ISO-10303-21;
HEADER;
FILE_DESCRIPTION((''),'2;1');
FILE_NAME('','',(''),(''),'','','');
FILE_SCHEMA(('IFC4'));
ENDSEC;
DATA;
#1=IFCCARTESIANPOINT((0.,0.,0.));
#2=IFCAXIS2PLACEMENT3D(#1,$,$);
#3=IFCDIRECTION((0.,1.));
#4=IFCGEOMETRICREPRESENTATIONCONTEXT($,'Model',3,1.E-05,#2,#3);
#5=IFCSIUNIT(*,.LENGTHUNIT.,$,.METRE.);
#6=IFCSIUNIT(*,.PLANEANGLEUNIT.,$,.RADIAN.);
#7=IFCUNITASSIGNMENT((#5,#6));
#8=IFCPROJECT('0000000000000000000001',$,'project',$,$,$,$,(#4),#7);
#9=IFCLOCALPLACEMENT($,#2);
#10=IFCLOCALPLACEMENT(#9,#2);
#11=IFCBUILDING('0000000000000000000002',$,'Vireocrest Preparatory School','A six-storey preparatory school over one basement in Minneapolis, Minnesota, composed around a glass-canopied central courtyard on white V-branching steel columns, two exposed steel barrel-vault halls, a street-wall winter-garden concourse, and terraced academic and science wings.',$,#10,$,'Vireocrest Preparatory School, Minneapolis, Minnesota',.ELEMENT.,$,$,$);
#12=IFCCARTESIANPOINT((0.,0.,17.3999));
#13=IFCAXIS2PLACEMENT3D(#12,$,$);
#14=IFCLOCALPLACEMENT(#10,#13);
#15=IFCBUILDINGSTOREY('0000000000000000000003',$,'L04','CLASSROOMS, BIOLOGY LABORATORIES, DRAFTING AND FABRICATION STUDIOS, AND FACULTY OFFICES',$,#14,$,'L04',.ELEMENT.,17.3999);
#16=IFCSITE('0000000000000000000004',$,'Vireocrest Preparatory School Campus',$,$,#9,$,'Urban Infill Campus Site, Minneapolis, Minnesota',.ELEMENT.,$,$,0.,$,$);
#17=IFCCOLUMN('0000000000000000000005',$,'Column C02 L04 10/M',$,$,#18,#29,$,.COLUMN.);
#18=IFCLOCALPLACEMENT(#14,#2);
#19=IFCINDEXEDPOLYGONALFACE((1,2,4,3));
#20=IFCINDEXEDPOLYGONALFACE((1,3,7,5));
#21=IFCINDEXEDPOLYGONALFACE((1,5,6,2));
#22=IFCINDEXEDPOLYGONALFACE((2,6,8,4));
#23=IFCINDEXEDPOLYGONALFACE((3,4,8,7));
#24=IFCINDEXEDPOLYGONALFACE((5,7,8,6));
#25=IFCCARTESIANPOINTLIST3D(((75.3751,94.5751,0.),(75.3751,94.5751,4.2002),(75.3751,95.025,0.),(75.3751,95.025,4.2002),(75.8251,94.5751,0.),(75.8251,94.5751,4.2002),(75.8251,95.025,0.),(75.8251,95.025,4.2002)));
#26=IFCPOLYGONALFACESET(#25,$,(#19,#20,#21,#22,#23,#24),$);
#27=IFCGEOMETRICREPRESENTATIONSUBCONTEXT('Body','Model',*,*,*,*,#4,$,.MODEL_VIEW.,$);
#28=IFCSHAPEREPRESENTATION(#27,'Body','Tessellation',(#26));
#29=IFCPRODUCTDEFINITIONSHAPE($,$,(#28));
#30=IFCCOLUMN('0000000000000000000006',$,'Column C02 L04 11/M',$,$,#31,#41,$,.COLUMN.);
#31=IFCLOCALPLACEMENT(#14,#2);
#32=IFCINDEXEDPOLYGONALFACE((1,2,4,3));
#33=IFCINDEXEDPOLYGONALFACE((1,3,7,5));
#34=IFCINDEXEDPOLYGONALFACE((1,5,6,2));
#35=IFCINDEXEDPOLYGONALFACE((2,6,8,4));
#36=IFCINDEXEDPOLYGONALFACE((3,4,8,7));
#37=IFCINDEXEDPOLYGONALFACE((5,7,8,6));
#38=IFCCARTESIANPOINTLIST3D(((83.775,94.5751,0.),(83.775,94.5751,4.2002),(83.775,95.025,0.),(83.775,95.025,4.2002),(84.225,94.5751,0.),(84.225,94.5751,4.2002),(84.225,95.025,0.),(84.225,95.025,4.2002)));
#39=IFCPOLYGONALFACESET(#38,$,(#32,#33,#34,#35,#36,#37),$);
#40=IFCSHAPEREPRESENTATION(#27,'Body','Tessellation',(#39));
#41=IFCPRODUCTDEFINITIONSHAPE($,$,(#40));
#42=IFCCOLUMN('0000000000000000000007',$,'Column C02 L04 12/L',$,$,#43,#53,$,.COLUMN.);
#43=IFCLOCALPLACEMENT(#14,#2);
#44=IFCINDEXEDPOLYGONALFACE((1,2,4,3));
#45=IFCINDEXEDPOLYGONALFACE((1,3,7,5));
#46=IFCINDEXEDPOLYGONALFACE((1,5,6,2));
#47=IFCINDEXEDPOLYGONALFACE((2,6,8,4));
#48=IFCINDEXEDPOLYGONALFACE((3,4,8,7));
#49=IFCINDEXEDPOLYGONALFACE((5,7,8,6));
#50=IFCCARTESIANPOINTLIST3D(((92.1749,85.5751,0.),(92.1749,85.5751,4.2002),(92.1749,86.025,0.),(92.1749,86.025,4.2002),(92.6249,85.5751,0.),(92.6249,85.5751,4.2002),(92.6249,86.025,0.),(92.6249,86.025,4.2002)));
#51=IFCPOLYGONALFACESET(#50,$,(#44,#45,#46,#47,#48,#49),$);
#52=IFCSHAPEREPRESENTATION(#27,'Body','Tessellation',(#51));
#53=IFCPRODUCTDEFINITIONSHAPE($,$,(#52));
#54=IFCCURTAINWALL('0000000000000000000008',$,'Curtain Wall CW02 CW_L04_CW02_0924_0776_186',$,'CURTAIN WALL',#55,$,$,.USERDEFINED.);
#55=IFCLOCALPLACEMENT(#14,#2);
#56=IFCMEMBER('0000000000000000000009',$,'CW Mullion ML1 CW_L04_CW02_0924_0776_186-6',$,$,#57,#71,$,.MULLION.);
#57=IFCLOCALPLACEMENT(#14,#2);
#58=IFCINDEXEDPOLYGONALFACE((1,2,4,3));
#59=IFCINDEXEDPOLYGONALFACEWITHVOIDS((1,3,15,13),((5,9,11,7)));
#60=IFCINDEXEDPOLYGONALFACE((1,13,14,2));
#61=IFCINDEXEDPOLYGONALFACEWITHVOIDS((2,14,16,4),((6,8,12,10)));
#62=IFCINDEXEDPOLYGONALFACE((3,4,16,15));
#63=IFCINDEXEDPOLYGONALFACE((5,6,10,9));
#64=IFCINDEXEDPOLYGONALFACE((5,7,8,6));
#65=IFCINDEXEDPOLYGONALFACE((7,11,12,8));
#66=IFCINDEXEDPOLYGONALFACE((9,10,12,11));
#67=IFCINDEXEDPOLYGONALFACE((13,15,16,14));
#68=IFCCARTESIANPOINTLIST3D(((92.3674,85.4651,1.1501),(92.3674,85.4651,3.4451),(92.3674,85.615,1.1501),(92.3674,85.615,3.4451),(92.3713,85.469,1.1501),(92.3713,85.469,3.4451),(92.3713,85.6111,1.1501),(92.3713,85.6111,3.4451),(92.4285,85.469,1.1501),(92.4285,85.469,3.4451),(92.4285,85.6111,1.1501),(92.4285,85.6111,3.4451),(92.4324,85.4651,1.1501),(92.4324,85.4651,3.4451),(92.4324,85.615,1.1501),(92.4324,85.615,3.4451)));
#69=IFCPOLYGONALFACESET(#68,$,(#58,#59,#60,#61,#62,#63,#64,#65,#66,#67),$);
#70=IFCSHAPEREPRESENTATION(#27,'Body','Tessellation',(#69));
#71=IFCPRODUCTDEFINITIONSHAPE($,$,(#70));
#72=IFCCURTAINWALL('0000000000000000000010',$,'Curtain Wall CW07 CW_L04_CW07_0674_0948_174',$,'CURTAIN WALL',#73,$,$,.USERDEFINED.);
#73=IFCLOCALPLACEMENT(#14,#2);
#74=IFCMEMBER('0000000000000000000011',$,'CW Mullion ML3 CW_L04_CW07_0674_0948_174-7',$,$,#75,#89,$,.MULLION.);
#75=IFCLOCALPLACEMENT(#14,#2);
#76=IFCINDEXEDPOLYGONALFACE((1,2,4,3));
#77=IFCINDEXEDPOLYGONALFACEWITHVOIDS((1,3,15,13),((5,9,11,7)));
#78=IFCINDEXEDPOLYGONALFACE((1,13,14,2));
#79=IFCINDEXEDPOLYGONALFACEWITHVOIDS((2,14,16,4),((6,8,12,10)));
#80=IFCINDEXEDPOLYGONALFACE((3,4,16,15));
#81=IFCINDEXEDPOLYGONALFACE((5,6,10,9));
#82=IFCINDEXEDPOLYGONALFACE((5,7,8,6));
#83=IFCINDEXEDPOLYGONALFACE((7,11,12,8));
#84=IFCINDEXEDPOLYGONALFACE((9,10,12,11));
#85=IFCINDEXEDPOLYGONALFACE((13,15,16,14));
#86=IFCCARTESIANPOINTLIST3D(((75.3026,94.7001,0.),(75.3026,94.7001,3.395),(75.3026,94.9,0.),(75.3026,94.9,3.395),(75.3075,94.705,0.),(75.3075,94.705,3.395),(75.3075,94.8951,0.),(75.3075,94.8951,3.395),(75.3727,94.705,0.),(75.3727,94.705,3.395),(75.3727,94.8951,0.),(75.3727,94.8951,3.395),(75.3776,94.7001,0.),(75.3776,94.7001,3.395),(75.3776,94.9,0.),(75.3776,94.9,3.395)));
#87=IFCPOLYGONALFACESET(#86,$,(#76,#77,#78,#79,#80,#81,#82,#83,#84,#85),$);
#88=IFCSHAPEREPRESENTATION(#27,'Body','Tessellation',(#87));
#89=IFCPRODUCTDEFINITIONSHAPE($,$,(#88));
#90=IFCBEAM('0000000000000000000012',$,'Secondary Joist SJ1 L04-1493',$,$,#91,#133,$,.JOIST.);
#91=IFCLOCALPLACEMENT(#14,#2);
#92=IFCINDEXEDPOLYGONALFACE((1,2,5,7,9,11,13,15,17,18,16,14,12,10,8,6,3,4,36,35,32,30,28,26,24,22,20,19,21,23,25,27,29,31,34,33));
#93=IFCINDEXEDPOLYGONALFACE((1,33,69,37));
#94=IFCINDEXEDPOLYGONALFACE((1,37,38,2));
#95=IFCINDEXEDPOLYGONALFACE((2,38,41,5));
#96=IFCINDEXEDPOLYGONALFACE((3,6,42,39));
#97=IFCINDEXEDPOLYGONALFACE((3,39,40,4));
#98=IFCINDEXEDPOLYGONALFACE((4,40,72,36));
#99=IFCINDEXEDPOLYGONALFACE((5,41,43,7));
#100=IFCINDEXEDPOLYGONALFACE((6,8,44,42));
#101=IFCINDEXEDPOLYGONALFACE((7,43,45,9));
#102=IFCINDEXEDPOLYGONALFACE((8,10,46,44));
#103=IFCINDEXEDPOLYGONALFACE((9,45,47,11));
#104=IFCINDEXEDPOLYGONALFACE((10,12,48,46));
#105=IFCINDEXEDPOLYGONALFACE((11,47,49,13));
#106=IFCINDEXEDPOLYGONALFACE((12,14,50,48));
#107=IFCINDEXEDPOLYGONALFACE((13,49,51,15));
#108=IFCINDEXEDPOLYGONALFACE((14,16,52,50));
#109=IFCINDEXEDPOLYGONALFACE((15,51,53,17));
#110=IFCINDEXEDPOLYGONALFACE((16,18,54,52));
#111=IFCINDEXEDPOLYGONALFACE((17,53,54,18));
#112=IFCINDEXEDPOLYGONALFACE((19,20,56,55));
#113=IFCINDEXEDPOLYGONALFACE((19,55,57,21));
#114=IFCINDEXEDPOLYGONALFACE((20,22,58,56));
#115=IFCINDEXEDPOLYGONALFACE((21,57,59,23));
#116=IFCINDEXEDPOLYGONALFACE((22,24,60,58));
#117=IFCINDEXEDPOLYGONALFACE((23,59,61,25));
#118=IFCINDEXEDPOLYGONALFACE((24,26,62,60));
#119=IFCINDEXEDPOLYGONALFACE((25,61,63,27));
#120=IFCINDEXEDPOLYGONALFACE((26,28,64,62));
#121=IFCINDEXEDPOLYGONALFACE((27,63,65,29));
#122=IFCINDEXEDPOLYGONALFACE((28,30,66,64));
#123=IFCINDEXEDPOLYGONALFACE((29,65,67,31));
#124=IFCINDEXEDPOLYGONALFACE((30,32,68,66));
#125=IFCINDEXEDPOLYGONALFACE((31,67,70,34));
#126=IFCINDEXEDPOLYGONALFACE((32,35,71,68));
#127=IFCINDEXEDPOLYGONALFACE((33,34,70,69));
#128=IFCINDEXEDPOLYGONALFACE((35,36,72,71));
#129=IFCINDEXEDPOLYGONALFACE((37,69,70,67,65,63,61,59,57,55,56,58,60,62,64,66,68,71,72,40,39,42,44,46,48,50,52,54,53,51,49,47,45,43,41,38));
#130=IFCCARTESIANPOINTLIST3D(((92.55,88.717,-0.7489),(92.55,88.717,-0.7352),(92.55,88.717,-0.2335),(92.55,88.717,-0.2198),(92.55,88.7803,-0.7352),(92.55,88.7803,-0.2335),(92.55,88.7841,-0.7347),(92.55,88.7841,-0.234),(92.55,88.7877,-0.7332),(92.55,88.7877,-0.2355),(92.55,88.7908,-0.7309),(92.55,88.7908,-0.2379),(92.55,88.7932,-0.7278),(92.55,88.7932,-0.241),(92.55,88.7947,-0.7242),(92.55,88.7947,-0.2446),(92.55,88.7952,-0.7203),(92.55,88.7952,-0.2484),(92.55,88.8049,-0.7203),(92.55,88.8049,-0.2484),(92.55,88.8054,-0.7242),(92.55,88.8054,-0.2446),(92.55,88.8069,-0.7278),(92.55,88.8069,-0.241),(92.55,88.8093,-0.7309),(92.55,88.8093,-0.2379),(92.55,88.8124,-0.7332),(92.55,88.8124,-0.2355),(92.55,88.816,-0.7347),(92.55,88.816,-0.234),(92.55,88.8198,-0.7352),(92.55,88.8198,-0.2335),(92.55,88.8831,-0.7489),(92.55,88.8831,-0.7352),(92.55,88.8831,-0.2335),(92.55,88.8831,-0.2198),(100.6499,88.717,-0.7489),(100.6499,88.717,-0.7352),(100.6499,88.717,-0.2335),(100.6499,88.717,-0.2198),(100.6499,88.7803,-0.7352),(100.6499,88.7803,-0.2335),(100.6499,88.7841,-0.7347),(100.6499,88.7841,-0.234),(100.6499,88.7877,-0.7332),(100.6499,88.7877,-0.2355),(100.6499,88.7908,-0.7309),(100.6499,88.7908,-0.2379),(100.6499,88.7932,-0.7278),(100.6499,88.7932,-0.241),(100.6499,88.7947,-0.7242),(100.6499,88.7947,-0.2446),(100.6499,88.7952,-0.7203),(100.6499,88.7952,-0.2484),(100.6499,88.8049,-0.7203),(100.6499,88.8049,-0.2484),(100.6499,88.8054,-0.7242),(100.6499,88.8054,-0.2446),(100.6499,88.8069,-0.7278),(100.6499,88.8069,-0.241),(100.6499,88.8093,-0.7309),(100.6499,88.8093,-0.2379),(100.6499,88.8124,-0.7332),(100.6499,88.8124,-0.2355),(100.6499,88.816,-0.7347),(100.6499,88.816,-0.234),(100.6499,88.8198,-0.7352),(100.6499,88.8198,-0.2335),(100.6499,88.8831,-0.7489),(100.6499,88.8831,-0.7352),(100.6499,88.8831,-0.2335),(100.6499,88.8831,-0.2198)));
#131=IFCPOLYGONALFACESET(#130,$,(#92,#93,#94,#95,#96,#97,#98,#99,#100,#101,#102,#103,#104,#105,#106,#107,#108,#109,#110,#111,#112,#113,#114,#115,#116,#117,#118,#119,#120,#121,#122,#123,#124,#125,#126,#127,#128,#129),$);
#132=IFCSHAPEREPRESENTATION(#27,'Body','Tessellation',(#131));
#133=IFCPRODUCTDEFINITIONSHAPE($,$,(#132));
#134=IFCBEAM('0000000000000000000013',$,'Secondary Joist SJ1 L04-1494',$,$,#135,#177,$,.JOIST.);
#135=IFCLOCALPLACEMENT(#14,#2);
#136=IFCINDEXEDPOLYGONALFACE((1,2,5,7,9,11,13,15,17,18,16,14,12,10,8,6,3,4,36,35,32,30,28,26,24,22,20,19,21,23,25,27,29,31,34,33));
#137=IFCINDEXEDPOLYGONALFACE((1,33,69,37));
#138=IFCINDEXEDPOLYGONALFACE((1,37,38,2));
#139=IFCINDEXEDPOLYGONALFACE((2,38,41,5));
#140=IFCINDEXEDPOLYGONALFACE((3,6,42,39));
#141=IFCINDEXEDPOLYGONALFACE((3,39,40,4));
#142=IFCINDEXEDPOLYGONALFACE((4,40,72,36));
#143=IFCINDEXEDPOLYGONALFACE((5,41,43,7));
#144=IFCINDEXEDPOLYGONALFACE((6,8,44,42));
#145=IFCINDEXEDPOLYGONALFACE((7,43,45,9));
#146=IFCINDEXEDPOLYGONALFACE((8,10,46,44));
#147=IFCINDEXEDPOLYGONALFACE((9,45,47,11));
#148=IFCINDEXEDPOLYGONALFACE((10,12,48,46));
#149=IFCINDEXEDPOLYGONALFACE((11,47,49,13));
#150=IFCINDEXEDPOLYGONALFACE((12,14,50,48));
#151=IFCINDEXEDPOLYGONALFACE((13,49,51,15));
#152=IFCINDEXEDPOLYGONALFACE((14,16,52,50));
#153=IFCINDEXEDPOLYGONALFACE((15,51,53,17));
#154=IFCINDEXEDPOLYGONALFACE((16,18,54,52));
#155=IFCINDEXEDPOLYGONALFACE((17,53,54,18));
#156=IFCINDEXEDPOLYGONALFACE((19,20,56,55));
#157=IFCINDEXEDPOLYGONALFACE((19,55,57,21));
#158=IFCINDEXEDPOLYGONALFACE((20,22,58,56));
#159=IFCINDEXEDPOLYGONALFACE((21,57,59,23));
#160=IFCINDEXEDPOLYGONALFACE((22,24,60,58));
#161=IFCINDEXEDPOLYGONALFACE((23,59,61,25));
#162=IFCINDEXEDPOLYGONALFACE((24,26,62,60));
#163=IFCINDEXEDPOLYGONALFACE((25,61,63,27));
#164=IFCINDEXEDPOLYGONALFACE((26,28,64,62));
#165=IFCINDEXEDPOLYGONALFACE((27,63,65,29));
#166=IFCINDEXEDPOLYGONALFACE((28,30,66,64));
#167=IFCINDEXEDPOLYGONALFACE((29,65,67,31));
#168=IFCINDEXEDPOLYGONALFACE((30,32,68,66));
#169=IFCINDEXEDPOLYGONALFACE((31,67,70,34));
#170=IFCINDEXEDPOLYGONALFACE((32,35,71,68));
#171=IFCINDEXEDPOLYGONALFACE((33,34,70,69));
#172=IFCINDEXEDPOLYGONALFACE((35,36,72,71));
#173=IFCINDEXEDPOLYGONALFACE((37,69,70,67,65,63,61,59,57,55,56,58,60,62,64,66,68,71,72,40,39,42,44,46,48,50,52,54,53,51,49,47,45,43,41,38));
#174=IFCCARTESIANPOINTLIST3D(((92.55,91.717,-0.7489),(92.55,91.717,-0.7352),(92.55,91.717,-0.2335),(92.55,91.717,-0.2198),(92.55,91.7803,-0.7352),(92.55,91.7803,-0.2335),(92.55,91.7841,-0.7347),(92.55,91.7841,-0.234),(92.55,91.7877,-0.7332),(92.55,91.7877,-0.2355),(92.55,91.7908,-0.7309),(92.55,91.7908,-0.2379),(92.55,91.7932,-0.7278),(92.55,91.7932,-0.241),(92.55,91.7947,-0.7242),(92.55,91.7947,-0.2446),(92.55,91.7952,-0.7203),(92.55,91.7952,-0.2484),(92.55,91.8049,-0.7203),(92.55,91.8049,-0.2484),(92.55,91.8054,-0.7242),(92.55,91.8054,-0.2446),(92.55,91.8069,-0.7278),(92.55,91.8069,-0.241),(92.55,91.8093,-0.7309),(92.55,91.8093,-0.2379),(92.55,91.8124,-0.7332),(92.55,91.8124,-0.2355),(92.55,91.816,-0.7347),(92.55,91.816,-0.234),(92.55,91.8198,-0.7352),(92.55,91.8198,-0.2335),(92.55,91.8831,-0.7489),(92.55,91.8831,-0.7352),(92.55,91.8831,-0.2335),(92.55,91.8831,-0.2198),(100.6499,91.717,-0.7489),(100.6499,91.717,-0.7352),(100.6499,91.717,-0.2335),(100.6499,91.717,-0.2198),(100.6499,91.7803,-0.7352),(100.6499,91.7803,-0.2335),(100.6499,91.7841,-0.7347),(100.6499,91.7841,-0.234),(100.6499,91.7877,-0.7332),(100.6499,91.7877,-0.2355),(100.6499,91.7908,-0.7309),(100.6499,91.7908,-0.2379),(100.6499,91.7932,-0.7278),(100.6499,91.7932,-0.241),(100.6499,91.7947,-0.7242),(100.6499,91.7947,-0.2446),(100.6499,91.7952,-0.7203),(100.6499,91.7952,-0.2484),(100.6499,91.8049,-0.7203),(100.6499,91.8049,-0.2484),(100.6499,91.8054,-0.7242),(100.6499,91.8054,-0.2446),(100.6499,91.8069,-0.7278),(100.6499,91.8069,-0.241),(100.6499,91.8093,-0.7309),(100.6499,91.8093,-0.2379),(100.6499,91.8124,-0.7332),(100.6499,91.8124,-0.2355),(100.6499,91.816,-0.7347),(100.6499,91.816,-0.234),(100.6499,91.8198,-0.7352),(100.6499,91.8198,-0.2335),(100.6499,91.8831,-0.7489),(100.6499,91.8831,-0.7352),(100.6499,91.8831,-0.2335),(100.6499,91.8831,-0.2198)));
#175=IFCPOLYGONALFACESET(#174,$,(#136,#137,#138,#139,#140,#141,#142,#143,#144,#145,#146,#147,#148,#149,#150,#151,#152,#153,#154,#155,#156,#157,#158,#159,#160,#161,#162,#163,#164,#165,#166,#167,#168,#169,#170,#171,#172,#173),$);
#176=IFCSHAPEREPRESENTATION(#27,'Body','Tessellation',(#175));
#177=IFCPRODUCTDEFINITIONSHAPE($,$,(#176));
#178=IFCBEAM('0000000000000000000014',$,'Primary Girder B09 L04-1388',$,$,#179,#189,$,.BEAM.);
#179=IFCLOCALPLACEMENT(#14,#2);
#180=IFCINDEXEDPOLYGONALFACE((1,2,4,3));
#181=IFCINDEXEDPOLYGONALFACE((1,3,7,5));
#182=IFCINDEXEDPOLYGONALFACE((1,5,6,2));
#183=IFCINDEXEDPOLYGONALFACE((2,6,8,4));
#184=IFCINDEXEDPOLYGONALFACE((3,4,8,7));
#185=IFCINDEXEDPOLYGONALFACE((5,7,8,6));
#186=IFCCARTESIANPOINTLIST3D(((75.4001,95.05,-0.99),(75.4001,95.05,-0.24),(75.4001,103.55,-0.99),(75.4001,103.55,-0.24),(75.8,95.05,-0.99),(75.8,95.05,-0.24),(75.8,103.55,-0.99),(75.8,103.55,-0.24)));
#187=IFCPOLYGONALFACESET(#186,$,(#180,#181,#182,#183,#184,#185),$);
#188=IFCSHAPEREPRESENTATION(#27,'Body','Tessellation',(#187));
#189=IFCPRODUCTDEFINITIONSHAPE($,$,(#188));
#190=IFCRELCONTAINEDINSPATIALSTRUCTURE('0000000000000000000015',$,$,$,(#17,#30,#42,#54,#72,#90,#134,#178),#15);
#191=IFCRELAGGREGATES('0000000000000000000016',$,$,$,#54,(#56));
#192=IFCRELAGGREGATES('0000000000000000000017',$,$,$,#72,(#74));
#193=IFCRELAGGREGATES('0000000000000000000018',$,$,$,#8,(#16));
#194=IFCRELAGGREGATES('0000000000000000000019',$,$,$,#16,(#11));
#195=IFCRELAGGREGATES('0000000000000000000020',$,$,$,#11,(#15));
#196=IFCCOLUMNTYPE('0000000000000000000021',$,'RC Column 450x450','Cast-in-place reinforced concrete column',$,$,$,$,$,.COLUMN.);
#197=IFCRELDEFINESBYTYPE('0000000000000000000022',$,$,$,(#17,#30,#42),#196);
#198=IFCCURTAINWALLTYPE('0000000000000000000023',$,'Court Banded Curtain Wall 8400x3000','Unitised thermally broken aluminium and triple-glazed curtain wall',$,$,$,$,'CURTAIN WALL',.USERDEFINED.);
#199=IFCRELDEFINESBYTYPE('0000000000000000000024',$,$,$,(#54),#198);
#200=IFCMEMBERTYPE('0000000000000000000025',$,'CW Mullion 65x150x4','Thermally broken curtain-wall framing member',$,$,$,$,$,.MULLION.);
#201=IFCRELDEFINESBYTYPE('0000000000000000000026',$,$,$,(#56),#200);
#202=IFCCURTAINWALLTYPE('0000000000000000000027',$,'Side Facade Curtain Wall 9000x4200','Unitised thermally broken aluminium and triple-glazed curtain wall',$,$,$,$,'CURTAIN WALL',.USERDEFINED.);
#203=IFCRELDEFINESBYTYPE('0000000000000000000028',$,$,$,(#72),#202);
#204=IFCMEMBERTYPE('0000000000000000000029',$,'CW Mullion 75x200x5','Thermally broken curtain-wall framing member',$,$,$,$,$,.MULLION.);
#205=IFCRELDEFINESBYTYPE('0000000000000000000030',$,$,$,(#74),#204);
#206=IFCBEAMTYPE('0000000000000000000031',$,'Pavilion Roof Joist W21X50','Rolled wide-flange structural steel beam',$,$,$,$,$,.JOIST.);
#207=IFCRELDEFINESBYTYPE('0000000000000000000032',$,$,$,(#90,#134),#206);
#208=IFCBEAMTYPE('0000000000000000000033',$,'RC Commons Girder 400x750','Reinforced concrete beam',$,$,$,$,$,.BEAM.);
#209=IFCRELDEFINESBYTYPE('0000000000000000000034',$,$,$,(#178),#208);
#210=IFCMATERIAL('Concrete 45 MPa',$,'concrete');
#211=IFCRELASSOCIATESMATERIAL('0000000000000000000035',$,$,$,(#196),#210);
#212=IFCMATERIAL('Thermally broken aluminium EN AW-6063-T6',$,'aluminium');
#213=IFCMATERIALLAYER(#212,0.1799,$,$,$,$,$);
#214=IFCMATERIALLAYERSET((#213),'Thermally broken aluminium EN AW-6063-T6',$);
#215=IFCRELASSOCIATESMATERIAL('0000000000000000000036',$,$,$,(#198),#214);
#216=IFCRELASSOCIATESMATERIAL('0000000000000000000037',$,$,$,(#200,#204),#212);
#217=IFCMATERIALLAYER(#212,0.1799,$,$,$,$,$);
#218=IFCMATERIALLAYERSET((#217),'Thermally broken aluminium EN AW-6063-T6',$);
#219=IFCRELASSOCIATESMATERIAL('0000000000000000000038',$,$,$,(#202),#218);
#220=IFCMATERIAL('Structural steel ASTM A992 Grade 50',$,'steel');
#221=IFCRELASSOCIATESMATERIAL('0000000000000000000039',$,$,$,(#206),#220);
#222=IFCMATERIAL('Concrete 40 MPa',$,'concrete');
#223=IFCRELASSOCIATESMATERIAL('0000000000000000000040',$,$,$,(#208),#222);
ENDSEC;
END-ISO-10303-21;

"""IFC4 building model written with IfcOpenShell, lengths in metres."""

from ifc_helpers import new_model, si_unit, direction, frame, origin, origin_2d, place, context, subcontext, project, spatial, rectangle, hollow_rectangle, i_section, extrude, material, layer, layer_set, material_profile, profile_set, type_object, element, aggregate, save


model = new_model("IFC4")

# Units and contexts
model_context = context("Model", 3, precision=1e-05, world=origin(), true_north=direction((0.0, 1.0)))
body_context = subcontext(model_context, "Body", "Model", "MODEL_VIEW")
ifc_project = project(units=[si_unit("LENGTHUNIT", "METRE"), si_unit("PLANEANGLEUNIT", "RADIAN")], contexts=[model_context])

# Site, building, storey
site_placement = place(None, origin())
site = spatial("IfcSite", under=ifc_project, at=site_placement, Name="Vireocrest Preparatory School Campus", LongName="Urban Infill Campus Site, Minneapolis, Minnesota", CompositionType="ELEMENT", RefElevation=0.0)
building_placement = place(site_placement, origin())
building = spatial("IfcBuilding", under=site, at=building_placement, Name="Vireocrest Preparatory School", Description="A six-storey preparatory school over one basement in Minneapolis, Minnesota, composed around a glass-canopied central courtyard on white V-branching steel columns, two exposed steel barrel-vault halls, a street-wall winter-garden concourse, and terraced academic and science wings.", LongName="Vireocrest Preparatory School, Minneapolis, Minnesota", CompositionType="ELEMENT")
storey_placement = place(building_placement, frame((0.0, 0.0, 17.3999)))
storey = spatial("IfcBuildingStorey", under=building, at=storey_placement, Name="L04", Description="CLASSROOMS, BIOLOGY LABORATORIES, DRAFTING AND FABRICATION STUDIOS, AND FACULTY OFFICES", LongName="L04", CompositionType="ELEMENT", Elevation=17.3999)

# Columns
ifc_material_1 = material(Name="Concrete 45 MPa", Category="concrete")
ifc_material_profile_1 = material_profile(ifc_material_1, rectangle(XDim=0.45, YDim=0.45, at=origin_2d()), Name="RC 450x450")
ifc_profile_set_1 = profile_set([ifc_material_profile_1], Name="Concrete 45 MPa")
column_type = type_object("IfcColumnType", Name="RC Column 450x450", Description="Cast-in-place reinforced concrete column", PredefinedType="COLUMN", material=ifc_profile_set_1)
for number, where, z_axis, x_axis, name in (
    (1, (75.6001, 94.8, 0.0), (0.0, 0.0, 1.0), (1.0, 0.0, 0.0), "Column C02 L04 10/M"),
    (2, (84.0, 94.8, 0.0), (0.0, 0.0, 1.0), (1.0, 0.0, 0.0), "Column C02 L04 11/M"),
    (3, (92.3999, 85.8, 0.0), (0.0, 0.0, 1.0), (1.0, 0.0, 0.0), "Column C02 L04 12/L"),
):
    element("IfcColumn", number, at=place(storey_placement, frame(where, z_axis=z_axis, x_axis=x_axis)), inside=storey, type_object=column_type, Name=name, PredefinedType="COLUMN", context=body_context, shape_type="SweptSolid", body=[
        extrude(rectangle(XDim=0.45, YDim=0.45, at=origin_2d()), origin(), (0.0, 0.0, 1.0), 4.2002),
    ])

# Curtain walls, members
ifc_material_2 = material(Name="Thermally broken aluminium EN AW-6063-T6", Category="aluminium")
ifc_layer_1 = layer(ifc_material_2, 0.1799)
ifc_layer_set_1 = layer_set([ifc_layer_1], Name="Thermally broken aluminium EN AW-6063-T6")
curtain_wall_type_1 = type_object("IfcCurtainWallType", Name="Court Banded Curtain Wall 8400x3000", Description="Unitised thermally broken aluminium and triple-glazed curtain wall", ElementType="CURTAIN WALL", PredefinedType="USERDEFINED", material=ifc_layer_set_1)
curtain_wall_1_placement = place(storey_placement, origin())
curtain_wall_1 = element("IfcCurtainWall", 4, at=curtain_wall_1_placement, inside=storey, type_object=curtain_wall_type_1, Name="Curtain Wall CW02 CW_L04_CW02_0924_0776_186", ObjectType="CURTAIN WALL", PredefinedType="USERDEFINED")
ifc_material_profile_2 = material_profile(ifc_material_2, hollow_rectangle(XDim=0.0649, YDim=0.1499, WallThickness=0.0039, at=origin_2d()), Name="ALU 65x150x4")
ifc_profile_set_2 = profile_set([ifc_material_profile_2], Name="Thermally broken aluminium EN AW-6063-T6")
member_type_1 = type_object("IfcMemberType", Name="CW Mullion 65x150x4", Description="Thermally broken curtain-wall framing member", PredefinedType="MULLION", material=ifc_profile_set_2)
member_1_placement = place(storey_placement, frame((92.3999, 85.54, 1.1501), z_axis=(0.0, 0.0, 1.0), x_axis=(1.0, 0.0, 0.0)))
member_1 = element("IfcMember", 5, at=member_1_placement, type_object=member_type_1, Name="CW Mullion ML1 CW_L04_CW02_0924_0776_186-6", PredefinedType="MULLION", context=body_context, shape_type="SweptSolid", body=[
    extrude(hollow_rectangle(XDim=0.0649, YDim=0.1499, WallThickness=0.0039, at=origin_2d()), origin(), (0.0, 0.0, 1.0), 2.2949),
])
aggregate(curtain_wall_1, [member_1])
ifc_layer_2 = layer(ifc_material_2, 0.1799)
ifc_layer_set_2 = layer_set([ifc_layer_2], Name="Thermally broken aluminium EN AW-6063-T6")
curtain_wall_type_2 = type_object("IfcCurtainWallType", Name="Side Facade Curtain Wall 9000x4200", Description="Unitised thermally broken aluminium and triple-glazed curtain wall", ElementType="CURTAIN WALL", PredefinedType="USERDEFINED", material=ifc_layer_set_2)
curtain_wall_2_placement = place(storey_placement, origin())
curtain_wall_2 = element("IfcCurtainWall", 6, at=curtain_wall_2_placement, inside=storey, type_object=curtain_wall_type_2, Name="Curtain Wall CW07 CW_L04_CW07_0674_0948_174", ObjectType="CURTAIN WALL", PredefinedType="USERDEFINED")
ifc_material_profile_3 = material_profile(ifc_material_2, hollow_rectangle(XDim=0.075, YDim=0.2, WallThickness=0.0049, at=origin_2d()), Name="ALU 75x200x5")
ifc_profile_set_3 = profile_set([ifc_material_profile_3], Name="Thermally broken aluminium EN AW-6063-T6")
member_type_2 = type_object("IfcMemberType", Name="CW Mullion 75x200x5", Description="Thermally broken curtain-wall framing member", PredefinedType="MULLION", material=ifc_profile_set_3)
member_2_placement = place(storey_placement, frame((75.3401, 94.8, 0.0), z_axis=(0.0, 0.0, 1.0), x_axis=(1.0, 0.0, 0.0)))
member_2 = element("IfcMember", 7, at=member_2_placement, type_object=member_type_2, Name="CW Mullion ML3 CW_L04_CW07_0674_0948_174-7", PredefinedType="MULLION", context=body_context, shape_type="SweptSolid", body=[
    extrude(hollow_rectangle(XDim=0.075, YDim=0.2, WallThickness=0.0049, at=origin_2d()), origin(), (0.0, 0.0, 1.0), 3.395),
])
aggregate(curtain_wall_2, [member_2])

# Beams
ifc_material_3 = material(Name="Structural steel ASTM A992 Grade 50", Category="steel")
ifc_material_profile_4 = material_profile(ifc_material_3, i_section(OverallWidth=0.166, OverallDepth=0.5291, WebThickness=0.0098, FlangeThickness=0.0137, FilletRadius=0.0149, at=origin_2d()), Name="W21X50")
ifc_profile_set_4 = profile_set([ifc_material_profile_4], Name="Structural steel ASTM A992 Grade 50")
beam_type_1 = type_object("IfcBeamType", Name="Pavilion Roof Joist W21X50", Description="Rolled wide-flange structural steel beam", PredefinedType="JOIST", material=ifc_profile_set_4)
for number, where, z_axis, x_axis, name in (
    (8, (92.55, 88.8, -0.4844), (1.0, 0.0, 0.0), (0.0, 1.0, 0.0), "Secondary Joist SJ1 L04-1493"),
    (9, (92.55, 91.8, -0.4844), (1.0, 0.0, 0.0), (0.0, 1.0, 0.0), "Secondary Joist SJ1 L04-1494"),
):
    element("IfcBeam", number, at=place(storey_placement, frame(where, z_axis=z_axis, x_axis=x_axis)), inside=storey, type_object=beam_type_1, Name=name, PredefinedType="JOIST", context=body_context, shape_type="SweptSolid", body=[
        extrude(i_section(OverallWidth=0.166, OverallDepth=0.5291, WebThickness=0.0098, FlangeThickness=0.0137, FilletRadius=0.0149, at=origin_2d()), origin(), (0.0, 0.0, 1.0), 8.0999),
    ])
ifc_material_4 = material(Name="Concrete 40 MPa", Category="concrete")
ifc_material_profile_5 = material_profile(ifc_material_4, rectangle(XDim=0.3999, YDim=0.75, at=origin_2d()), Name="RC 400x750")
ifc_profile_set_5 = profile_set([ifc_material_profile_5], Name="Concrete 40 MPa")
beam_type_2 = type_object("IfcBeamType", Name="RC Commons Girder 400x750", Description="Reinforced concrete beam", PredefinedType="BEAM", material=ifc_profile_set_5)
beam_1_placement = place(storey_placement, frame((75.6001, 95.05, -0.615), z_axis=(0.0, 1.0, 0.0), x_axis=(-1.0, 0.0, 0.0)))
element("IfcBeam", 10, at=beam_1_placement, inside=storey, type_object=beam_type_2, Name="Primary Girder B09 L04-1388", PredefinedType="BEAM", context=body_context, shape_type="SweptSolid", body=[
    extrude(rectangle(XDim=0.3999, YDim=0.75, at=origin_2d()), origin(), (0.0, 0.0, 1.0), 8.5),
])

save(model, "model.ifc")
